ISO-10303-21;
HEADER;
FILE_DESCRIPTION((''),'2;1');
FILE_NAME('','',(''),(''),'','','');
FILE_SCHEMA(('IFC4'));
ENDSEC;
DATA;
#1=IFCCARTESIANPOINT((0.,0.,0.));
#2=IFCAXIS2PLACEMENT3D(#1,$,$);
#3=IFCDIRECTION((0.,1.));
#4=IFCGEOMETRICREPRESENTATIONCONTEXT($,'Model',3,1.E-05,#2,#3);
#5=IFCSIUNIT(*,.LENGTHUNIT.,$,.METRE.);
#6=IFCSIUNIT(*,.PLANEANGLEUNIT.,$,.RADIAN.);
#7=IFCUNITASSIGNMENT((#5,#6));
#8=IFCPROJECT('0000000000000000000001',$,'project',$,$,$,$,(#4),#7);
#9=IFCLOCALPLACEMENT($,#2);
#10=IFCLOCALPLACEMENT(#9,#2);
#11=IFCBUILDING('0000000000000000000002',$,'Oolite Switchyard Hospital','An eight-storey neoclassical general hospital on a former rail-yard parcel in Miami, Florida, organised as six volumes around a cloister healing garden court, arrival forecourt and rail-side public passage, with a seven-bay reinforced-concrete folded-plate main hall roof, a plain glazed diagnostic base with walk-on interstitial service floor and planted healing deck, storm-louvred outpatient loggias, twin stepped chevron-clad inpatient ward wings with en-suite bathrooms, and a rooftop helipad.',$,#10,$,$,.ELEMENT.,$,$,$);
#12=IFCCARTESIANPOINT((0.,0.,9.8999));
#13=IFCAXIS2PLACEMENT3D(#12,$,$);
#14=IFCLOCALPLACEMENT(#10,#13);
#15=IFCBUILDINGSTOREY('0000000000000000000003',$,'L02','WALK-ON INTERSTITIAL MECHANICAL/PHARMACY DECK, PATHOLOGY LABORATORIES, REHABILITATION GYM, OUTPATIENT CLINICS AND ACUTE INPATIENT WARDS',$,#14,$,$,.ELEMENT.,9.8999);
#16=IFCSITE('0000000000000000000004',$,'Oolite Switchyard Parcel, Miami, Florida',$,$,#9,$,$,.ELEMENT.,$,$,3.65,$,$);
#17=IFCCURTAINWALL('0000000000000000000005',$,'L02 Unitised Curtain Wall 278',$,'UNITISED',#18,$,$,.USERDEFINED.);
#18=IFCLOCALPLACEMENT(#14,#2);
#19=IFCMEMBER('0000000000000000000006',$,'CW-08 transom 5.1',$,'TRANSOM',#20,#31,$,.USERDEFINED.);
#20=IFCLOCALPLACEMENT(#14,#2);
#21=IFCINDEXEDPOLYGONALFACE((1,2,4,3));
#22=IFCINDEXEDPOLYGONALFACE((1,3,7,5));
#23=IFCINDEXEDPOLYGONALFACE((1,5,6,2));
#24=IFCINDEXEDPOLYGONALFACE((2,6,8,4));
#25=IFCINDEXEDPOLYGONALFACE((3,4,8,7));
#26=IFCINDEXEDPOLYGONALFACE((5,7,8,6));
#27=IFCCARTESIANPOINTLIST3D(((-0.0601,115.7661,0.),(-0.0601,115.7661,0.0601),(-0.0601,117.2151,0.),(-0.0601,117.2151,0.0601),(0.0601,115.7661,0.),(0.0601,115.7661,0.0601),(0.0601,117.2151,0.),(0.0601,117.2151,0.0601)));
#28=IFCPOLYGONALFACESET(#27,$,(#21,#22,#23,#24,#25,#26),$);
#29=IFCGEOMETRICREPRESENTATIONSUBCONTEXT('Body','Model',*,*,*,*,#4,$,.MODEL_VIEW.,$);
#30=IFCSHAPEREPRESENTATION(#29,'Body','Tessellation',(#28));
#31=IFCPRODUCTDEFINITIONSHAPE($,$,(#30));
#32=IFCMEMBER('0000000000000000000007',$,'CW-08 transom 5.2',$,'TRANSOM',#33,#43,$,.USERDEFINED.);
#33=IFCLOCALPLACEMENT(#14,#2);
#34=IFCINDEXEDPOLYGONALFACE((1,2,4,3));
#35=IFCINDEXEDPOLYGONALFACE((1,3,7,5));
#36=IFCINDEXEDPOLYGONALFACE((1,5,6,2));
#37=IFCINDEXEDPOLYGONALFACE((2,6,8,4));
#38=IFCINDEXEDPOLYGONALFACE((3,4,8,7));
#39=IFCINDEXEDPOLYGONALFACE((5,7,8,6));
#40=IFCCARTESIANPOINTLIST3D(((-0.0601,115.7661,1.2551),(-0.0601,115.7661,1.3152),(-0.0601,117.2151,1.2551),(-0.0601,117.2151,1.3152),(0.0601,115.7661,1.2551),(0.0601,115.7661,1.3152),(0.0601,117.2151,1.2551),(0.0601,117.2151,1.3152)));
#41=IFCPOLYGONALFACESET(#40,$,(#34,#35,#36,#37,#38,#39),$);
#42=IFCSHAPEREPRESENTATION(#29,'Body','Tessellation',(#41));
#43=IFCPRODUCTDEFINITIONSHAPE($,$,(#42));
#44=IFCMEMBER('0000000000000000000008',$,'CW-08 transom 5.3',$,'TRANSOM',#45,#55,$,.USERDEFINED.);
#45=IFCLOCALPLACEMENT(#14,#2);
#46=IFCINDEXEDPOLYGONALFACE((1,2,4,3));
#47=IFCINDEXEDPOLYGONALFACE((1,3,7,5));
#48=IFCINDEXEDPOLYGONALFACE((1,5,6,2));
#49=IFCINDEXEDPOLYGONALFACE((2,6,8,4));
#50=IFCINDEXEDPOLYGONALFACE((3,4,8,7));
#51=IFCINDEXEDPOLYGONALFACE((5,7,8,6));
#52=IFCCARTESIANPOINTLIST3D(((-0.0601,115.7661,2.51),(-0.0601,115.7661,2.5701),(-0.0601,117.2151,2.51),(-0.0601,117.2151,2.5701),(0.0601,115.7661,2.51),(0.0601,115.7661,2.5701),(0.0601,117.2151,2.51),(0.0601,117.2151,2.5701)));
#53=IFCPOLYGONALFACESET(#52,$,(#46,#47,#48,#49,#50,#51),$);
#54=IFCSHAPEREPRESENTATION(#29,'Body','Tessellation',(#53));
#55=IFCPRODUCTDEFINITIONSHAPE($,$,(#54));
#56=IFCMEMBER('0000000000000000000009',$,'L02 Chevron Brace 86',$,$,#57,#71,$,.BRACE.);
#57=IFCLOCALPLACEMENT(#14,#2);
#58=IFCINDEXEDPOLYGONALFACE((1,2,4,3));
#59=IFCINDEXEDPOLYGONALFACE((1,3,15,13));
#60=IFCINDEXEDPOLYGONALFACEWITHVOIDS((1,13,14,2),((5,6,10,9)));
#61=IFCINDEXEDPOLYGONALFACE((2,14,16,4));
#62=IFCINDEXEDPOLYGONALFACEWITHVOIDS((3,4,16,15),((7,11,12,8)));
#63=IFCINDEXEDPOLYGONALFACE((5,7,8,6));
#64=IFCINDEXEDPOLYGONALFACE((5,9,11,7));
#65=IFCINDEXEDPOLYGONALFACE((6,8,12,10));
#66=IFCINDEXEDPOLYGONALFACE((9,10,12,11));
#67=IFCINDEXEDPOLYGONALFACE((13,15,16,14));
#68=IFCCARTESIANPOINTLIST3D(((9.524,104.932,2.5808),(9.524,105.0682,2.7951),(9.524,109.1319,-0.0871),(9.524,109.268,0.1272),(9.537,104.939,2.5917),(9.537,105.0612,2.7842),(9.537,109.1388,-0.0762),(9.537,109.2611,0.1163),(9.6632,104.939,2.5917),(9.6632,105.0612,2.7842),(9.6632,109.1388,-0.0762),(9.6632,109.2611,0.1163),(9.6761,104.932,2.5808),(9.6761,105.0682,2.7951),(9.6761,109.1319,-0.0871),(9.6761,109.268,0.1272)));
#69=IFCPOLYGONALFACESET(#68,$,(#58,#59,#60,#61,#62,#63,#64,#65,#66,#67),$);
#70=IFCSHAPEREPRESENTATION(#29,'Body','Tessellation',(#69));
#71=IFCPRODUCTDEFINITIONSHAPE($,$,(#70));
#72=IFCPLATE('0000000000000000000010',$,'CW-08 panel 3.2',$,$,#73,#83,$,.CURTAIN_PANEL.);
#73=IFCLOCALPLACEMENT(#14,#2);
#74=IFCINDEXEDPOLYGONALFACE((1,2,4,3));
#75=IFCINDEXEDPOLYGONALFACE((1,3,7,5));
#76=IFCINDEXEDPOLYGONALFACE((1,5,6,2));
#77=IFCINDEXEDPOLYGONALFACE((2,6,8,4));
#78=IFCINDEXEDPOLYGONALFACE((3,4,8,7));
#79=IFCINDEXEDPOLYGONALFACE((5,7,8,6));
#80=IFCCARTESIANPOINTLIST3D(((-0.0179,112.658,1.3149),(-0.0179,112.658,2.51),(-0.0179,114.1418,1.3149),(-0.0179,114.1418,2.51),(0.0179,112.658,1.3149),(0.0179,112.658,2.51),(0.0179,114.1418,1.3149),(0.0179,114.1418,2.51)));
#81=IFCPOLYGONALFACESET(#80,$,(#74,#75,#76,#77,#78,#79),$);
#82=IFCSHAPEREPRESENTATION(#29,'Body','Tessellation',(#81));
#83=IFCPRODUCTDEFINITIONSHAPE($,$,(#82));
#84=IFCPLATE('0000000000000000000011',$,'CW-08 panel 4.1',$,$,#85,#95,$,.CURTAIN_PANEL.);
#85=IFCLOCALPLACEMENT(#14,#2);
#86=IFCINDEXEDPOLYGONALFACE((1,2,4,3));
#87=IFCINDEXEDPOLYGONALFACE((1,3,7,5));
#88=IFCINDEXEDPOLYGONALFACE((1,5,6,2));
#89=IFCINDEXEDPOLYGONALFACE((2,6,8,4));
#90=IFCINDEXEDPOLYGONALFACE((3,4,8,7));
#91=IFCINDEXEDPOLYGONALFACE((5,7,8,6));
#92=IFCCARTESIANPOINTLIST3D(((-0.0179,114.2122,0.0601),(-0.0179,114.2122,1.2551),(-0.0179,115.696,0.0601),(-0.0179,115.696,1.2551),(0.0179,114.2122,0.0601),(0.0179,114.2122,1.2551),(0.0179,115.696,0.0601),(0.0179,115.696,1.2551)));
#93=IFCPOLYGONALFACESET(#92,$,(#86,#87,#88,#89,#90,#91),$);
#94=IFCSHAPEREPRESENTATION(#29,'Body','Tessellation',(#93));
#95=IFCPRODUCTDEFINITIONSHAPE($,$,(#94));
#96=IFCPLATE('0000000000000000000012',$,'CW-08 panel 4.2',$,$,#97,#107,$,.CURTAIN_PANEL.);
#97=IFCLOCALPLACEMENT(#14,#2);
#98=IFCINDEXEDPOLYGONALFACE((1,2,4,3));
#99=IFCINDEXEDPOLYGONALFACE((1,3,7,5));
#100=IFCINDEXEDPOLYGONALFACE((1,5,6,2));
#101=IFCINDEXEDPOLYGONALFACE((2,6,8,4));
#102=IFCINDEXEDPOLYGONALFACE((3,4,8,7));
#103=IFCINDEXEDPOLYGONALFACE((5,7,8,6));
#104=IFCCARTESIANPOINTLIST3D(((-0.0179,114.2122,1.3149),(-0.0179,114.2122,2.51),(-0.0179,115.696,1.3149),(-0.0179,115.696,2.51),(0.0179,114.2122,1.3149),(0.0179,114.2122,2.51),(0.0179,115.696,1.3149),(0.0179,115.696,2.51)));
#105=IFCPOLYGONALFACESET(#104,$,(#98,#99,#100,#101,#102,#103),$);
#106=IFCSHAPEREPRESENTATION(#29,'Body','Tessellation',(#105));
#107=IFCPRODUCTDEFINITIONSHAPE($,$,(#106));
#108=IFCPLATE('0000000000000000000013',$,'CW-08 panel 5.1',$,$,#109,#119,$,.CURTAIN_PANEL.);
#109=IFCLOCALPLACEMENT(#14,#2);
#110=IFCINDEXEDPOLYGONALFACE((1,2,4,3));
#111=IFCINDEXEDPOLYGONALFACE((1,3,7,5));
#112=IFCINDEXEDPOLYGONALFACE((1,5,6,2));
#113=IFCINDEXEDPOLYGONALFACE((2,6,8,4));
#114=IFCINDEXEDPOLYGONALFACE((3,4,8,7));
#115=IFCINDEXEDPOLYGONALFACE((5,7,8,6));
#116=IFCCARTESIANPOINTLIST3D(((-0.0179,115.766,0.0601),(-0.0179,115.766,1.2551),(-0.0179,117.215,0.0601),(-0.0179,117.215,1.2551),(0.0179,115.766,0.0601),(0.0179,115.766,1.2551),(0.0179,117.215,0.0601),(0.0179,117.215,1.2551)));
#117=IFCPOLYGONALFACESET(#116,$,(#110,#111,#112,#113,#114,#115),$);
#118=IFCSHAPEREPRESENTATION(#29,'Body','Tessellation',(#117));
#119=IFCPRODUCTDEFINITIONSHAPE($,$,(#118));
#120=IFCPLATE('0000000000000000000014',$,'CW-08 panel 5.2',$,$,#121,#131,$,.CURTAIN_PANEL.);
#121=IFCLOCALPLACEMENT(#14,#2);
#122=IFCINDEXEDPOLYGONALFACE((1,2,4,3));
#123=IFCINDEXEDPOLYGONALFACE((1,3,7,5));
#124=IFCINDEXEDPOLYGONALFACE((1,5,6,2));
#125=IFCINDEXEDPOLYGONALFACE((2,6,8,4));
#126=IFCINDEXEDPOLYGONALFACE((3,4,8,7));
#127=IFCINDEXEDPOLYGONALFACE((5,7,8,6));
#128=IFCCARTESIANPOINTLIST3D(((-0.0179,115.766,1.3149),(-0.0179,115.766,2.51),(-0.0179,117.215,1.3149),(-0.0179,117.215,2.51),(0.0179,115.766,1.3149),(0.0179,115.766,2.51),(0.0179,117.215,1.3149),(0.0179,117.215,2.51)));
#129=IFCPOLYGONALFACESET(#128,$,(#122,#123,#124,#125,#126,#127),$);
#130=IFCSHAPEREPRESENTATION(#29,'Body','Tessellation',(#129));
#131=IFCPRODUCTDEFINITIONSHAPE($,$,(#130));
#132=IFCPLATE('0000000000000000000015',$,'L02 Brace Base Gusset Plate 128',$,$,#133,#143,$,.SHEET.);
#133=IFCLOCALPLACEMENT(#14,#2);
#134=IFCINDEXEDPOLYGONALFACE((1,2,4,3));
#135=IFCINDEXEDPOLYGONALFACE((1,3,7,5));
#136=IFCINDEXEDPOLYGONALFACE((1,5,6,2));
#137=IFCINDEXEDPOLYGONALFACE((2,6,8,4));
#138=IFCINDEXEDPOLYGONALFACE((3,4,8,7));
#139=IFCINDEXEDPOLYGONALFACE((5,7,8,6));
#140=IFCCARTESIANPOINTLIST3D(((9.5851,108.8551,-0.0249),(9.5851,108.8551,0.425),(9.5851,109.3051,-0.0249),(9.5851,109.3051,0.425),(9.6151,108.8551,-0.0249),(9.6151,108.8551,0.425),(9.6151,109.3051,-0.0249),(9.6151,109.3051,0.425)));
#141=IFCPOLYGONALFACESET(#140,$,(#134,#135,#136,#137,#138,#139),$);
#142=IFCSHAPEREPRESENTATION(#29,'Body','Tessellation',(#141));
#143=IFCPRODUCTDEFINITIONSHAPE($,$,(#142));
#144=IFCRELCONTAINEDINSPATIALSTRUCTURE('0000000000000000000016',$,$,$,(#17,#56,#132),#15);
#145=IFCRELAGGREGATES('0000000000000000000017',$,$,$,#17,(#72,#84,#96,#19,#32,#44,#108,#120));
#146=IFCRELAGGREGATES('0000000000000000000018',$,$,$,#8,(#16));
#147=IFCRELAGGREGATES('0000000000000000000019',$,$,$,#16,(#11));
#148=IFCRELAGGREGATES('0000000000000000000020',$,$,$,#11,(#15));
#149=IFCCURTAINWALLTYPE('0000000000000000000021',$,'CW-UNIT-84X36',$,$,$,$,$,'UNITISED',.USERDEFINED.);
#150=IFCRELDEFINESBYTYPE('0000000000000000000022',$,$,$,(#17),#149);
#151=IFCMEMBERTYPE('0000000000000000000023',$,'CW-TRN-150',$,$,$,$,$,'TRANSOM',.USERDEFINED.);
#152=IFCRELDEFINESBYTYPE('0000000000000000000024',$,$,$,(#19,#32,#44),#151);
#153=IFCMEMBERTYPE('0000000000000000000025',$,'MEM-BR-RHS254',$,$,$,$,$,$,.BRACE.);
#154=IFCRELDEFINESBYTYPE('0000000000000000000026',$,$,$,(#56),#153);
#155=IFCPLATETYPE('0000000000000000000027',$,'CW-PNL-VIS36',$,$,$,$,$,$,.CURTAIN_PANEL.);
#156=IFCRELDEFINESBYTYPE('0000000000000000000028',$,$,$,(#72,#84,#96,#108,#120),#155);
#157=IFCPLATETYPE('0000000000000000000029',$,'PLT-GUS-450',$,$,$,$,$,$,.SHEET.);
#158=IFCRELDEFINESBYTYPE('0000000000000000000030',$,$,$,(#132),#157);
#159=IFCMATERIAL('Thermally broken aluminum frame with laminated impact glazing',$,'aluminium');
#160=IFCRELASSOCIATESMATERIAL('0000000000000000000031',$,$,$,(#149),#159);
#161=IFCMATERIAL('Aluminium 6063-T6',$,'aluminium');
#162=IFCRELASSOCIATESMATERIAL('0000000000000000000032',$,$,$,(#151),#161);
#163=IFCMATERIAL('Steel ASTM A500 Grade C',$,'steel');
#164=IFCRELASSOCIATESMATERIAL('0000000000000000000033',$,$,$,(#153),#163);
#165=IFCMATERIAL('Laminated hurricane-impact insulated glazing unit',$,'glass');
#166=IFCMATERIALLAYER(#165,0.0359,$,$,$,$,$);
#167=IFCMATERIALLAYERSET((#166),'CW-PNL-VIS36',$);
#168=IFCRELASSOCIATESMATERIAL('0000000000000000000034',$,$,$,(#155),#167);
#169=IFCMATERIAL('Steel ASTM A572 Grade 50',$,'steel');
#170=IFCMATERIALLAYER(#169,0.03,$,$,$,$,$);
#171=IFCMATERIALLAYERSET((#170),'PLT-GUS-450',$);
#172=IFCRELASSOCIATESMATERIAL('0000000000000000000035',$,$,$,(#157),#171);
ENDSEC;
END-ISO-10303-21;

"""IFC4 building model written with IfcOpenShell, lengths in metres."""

from ifc_helpers import new_model, si_unit, direction, frame, origin, origin_2d, place, context, subcontext, project, spatial, rectangle, hollow_rectangle, extrude, material, layer, layer_set, material_profile, profile_set, type_object, element, aggregate, save


model = new_model("IFC4")

# Units and contexts
model_context = context("Model", 3, precision=1e-05, world=origin(), true_north=direction((0.0, 1.0)))
body_context = subcontext(model_context, "Body", "Model", "MODEL_VIEW")
ifc_project = project(units=[si_unit("LENGTHUNIT", "METRE"), si_unit("PLANEANGLEUNIT", "RADIAN")], contexts=[model_context])

# Site, building, storey
site_placement = place(None, origin())
site = spatial("IfcSite", under=ifc_project, at=site_placement, Name="Oolite Switchyard Parcel, Miami, Florida", CompositionType="ELEMENT", RefElevation=3.65)
building_placement = place(site_placement, origin())
building = spatial("IfcBuilding", under=site, at=building_placement, Name="Oolite Switchyard Hospital", Description="An eight-storey neoclassical general hospital on a former rail-yard parcel in Miami, Florida, organised as six volumes around a cloister healing garden court, arrival forecourt and rail-side public passage, with a seven-bay reinforced-concrete folded-plate main hall roof, a plain glazed diagnostic base with walk-on interstitial service floor and planted healing deck, storm-louvred outpatient loggias, twin stepped chevron-clad inpatient ward wings with en-suite bathrooms, and a rooftop helipad.", CompositionType="ELEMENT")
storey_placement = place(building_placement, frame((0.0, 0.0, 9.8999)))
storey = spatial("IfcBuildingStorey", under=building, at=storey_placement, Name="L02", Description="WALK-ON INTERSTITIAL MECHANICAL/PHARMACY DECK, PATHOLOGY LABORATORIES, REHABILITATION GYM, OUTPATIENT CLINICS AND ACUTE INPATIENT WARDS", CompositionType="ELEMENT", Elevation=9.8999)

# Curtain wall, members
ifc_material_1 = material(Name="Thermally broken aluminum frame with laminated impact glazing", Category="aluminium")
curtain_wall_type = type_object("IfcCurtainWallType", Name="CW-UNIT-84X36", ElementType="UNITISED", PredefinedType="USERDEFINED", material=ifc_material_1)
curtain_wall_placement = place(storey_placement, origin())
curtain_wall = element("IfcCurtainWall", 1, at=curtain_wall_placement, inside=storey, type_object=curtain_wall_type, Name="L02 Unitised Curtain Wall 278", ObjectType="UNITISED", PredefinedType="USERDEFINED")
ifc_material_2 = material(Name="Aluminium 6063-T6", Category="aluminium")
ifc_material_profile_1 = material_profile(ifc_material_2, rectangle(XDim=0.1201, YDim=0.0601, at=origin_2d()), Name="CWT60X120")
ifc_profile_set_1 = profile_set([ifc_material_profile_1], Name="Aluminium 6063-T6")
member_type_1 = type_object("IfcMemberType", Name="CW-TRN-150", ElementType="TRANSOM", PredefinedType="USERDEFINED", material=ifc_profile_set_1)
member_1_placement = place(storey_placement, frame((0.0, 115.7661, 0.03), z_axis=(0.0, 1.0, 0.0), x_axis=(-1.0, 0.0, 0.0)))
member_1 = element("IfcMember", 2, at=member_1_placement, type_object=member_type_1, Name="CW-08 transom 5.1", ObjectType="TRANSOM", PredefinedType="USERDEFINED", context=body_context, shape_type="SweptSolid", body=[
    extrude(rectangle(XDim=0.1201, YDim=0.0601, at=origin_2d()), origin(), (0.0, 0.0, 1.0), 1.449),
])
member_2_placement = place(storey_placement, frame((0.0, 115.7661, 1.2852), z_axis=(0.0, 1.0, 0.0), x_axis=(-1.0, 0.0, 0.0)))
member_2 = element("IfcMember", 3, at=member_2_placement, type_object=member_type_1, Name="CW-08 transom 5.2", ObjectType="TRANSOM", PredefinedType="USERDEFINED", context=body_context, shape_type="SweptSolid", body=[
    extrude(rectangle(XDim=0.1201, YDim=0.0601, at=origin_2d()), origin(), (0.0, 0.0, 1.0), 1.449),
])
member_3_placement = place(storey_placement, frame((0.0, 115.7661, 2.54), z_axis=(0.0, 1.0, 0.0), x_axis=(-1.0, 0.0, 0.0)))
member_3 = element("IfcMember", 4, at=member_3_placement, type_object=member_type_1, Name="CW-08 transom 5.3", ObjectType="TRANSOM", PredefinedType="USERDEFINED", context=body_context, shape_type="SweptSolid", body=[
    extrude(rectangle(XDim=0.1201, YDim=0.0601, at=origin_2d()), origin(), (0.0, 0.0, 1.0), 1.449),
])

# Member
ifc_material_3 = material(Name="Steel ASTM A500 Grade C", Category="steel")
ifc_material_profile_2 = material_profile(ifc_material_3, hollow_rectangle(XDim=0.1521, YDim=0.2539, WallThickness=0.0129, at=origin_2d()), Name="HSS254X152X13")
ifc_profile_set_2 = profile_set([ifc_material_profile_2], Name="Steel ASTM A500 Grade C")
member_type_2 = type_object("IfcMemberType", Name="MEM-BR-RHS254", PredefinedType="BRACE", material=ifc_profile_set_2)
member_4_placement = place(storey_placement, frame((9.6001, 109.2, 0.02), z_axis=(0.0, -0.844092, 0.536199), x_axis=(1.0, 0.0, 0.0)))
element("IfcMember", 5, at=member_4_placement, inside=storey, type_object=member_type_2, Name="L02 Chevron Brace 86", PredefinedType="BRACE", context=body_context, shape_type="SweptSolid", body=[
    extrude(hollow_rectangle(XDim=0.1521, YDim=0.2539, WallThickness=0.0129, at=origin_2d()), origin(), (0.0, 0.0, 1.0), 4.9756),
])

# Plates
ifc_material_4 = material(Name="Laminated hurricane-impact insulated glazing unit", Category="glass")
ifc_layer_1 = layer(ifc_material_4, 0.0359)
ifc_layer_set_1 = layer_set([ifc_layer_1], Name="CW-PNL-VIS36")
plate_type_1 = type_object("IfcPlateType", Name="CW-PNL-VIS36", PredefinedType="CURTAIN_PANEL", material=ifc_layer_set_1)
plate_1_placement = place(storey_placement, frame((0.0, 113.3999, 1.3149), z_axis=(0.0, 0.0, 1.0), x_axis=(0.0, 1.0, 0.0)))
plate_1 = element("IfcPlate", 6, at=plate_1_placement, type_object=plate_type_1, Name="CW-08 panel 3.2", PredefinedType="CURTAIN_PANEL", context=body_context, shape_type="SweptSolid", body=[
    extrude(rectangle(XDim=1.4839, YDim=0.0359, at=origin_2d()), origin(), (0.0, 0.0, 1.0), 1.1951),
])
plate_2_placement = place(storey_placement, frame((0.0, 114.9541, 0.0601), z_axis=(0.0, 0.0, 1.0), x_axis=(0.0, 1.0, 0.0)))
plate_2 = element("IfcPlate", 7, at=plate_2_placement, type_object=plate_type_1, Name="CW-08 panel 4.1", PredefinedType="CURTAIN_PANEL", context=body_context, shape_type="SweptSolid", body=[
    extrude(rectangle(XDim=1.4839, YDim=0.0359, at=origin_2d()), origin(), (0.0, 0.0, 1.0), 1.1951),
])
plate_3_placement = place(storey_placement, frame((0.0, 114.9541, 1.3149), z_axis=(0.0, 0.0, 1.0), x_axis=(0.0, 1.0, 0.0)))
plate_3 = element("IfcPlate", 8, at=plate_3_placement, type_object=plate_type_1, Name="CW-08 panel 4.2", PredefinedType="CURTAIN_PANEL", context=body_context, shape_type="SweptSolid", body=[
    extrude(rectangle(XDim=1.4839, YDim=0.0359, at=origin_2d()), origin(), (0.0, 0.0, 1.0), 1.1951),
])
plate_4_placement = place(storey_placement, frame((0.0, 116.4905, 0.0601), z_axis=(0.0, 0.0, 1.0), x_axis=(0.0, 1.0, 0.0)))
plate_4 = element("IfcPlate", 9, at=plate_4_placement, type_object=plate_type_1, Name="CW-08 panel 5.1", PredefinedType="CURTAIN_PANEL", context=body_context, shape_type="SweptSolid", body=[
    extrude(rectangle(XDim=1.449, YDim=0.0359, at=origin_2d()), origin(), (0.0, 0.0, 1.0), 1.1951),
])
plate_5_placement = place(storey_placement, frame((0.0, 116.4905, 1.3149), z_axis=(0.0, 0.0, 1.0), x_axis=(0.0, 1.0, 0.0)))
plate_5 = element("IfcPlate", 10, at=plate_5_placement, type_object=plate_type_1, Name="CW-08 panel 5.2", PredefinedType="CURTAIN_PANEL", context=body_context, shape_type="SweptSolid", body=[
    extrude(rectangle(XDim=1.449, YDim=0.0359, at=origin_2d()), origin(), (0.0, 0.0, 1.0), 1.1951),
])
aggregate(curtain_wall, [plate_1, plate_2, plate_3, member_1, member_2, member_3, plate_4, plate_5])
ifc_material_5 = material(Name="Steel ASTM A572 Grade 50", Category="steel")
ifc_layer_2 = layer(ifc_material_5, 0.03)
ifc_layer_set_2 = layer_set([ifc_layer_2], Name="PLT-GUS-450")
plate_type_2 = type_object("IfcPlateType", Name="PLT-GUS-450", PredefinedType="SHEET", material=ifc_layer_set_2)
plate_6_placement = place(storey_placement, frame((9.6001, 109.0801, -0.0249), z_axis=(0.0, 0.0, 1.0), x_axis=(0.0, 1.0, 0.0)))
element("IfcPlate", 11, at=plate_6_placement, inside=storey, type_object=plate_type_2, Name="L02 Brace Base Gusset Plate 128", PredefinedType="SHEET", context=body_context, shape_type="SweptSolid", body=[
    extrude(rectangle(XDim=0.45, YDim=0.03, at=origin_2d()), origin(), (0.0, 0.0, 1.0), 0.45),
])

save(model, "model.ifc")
